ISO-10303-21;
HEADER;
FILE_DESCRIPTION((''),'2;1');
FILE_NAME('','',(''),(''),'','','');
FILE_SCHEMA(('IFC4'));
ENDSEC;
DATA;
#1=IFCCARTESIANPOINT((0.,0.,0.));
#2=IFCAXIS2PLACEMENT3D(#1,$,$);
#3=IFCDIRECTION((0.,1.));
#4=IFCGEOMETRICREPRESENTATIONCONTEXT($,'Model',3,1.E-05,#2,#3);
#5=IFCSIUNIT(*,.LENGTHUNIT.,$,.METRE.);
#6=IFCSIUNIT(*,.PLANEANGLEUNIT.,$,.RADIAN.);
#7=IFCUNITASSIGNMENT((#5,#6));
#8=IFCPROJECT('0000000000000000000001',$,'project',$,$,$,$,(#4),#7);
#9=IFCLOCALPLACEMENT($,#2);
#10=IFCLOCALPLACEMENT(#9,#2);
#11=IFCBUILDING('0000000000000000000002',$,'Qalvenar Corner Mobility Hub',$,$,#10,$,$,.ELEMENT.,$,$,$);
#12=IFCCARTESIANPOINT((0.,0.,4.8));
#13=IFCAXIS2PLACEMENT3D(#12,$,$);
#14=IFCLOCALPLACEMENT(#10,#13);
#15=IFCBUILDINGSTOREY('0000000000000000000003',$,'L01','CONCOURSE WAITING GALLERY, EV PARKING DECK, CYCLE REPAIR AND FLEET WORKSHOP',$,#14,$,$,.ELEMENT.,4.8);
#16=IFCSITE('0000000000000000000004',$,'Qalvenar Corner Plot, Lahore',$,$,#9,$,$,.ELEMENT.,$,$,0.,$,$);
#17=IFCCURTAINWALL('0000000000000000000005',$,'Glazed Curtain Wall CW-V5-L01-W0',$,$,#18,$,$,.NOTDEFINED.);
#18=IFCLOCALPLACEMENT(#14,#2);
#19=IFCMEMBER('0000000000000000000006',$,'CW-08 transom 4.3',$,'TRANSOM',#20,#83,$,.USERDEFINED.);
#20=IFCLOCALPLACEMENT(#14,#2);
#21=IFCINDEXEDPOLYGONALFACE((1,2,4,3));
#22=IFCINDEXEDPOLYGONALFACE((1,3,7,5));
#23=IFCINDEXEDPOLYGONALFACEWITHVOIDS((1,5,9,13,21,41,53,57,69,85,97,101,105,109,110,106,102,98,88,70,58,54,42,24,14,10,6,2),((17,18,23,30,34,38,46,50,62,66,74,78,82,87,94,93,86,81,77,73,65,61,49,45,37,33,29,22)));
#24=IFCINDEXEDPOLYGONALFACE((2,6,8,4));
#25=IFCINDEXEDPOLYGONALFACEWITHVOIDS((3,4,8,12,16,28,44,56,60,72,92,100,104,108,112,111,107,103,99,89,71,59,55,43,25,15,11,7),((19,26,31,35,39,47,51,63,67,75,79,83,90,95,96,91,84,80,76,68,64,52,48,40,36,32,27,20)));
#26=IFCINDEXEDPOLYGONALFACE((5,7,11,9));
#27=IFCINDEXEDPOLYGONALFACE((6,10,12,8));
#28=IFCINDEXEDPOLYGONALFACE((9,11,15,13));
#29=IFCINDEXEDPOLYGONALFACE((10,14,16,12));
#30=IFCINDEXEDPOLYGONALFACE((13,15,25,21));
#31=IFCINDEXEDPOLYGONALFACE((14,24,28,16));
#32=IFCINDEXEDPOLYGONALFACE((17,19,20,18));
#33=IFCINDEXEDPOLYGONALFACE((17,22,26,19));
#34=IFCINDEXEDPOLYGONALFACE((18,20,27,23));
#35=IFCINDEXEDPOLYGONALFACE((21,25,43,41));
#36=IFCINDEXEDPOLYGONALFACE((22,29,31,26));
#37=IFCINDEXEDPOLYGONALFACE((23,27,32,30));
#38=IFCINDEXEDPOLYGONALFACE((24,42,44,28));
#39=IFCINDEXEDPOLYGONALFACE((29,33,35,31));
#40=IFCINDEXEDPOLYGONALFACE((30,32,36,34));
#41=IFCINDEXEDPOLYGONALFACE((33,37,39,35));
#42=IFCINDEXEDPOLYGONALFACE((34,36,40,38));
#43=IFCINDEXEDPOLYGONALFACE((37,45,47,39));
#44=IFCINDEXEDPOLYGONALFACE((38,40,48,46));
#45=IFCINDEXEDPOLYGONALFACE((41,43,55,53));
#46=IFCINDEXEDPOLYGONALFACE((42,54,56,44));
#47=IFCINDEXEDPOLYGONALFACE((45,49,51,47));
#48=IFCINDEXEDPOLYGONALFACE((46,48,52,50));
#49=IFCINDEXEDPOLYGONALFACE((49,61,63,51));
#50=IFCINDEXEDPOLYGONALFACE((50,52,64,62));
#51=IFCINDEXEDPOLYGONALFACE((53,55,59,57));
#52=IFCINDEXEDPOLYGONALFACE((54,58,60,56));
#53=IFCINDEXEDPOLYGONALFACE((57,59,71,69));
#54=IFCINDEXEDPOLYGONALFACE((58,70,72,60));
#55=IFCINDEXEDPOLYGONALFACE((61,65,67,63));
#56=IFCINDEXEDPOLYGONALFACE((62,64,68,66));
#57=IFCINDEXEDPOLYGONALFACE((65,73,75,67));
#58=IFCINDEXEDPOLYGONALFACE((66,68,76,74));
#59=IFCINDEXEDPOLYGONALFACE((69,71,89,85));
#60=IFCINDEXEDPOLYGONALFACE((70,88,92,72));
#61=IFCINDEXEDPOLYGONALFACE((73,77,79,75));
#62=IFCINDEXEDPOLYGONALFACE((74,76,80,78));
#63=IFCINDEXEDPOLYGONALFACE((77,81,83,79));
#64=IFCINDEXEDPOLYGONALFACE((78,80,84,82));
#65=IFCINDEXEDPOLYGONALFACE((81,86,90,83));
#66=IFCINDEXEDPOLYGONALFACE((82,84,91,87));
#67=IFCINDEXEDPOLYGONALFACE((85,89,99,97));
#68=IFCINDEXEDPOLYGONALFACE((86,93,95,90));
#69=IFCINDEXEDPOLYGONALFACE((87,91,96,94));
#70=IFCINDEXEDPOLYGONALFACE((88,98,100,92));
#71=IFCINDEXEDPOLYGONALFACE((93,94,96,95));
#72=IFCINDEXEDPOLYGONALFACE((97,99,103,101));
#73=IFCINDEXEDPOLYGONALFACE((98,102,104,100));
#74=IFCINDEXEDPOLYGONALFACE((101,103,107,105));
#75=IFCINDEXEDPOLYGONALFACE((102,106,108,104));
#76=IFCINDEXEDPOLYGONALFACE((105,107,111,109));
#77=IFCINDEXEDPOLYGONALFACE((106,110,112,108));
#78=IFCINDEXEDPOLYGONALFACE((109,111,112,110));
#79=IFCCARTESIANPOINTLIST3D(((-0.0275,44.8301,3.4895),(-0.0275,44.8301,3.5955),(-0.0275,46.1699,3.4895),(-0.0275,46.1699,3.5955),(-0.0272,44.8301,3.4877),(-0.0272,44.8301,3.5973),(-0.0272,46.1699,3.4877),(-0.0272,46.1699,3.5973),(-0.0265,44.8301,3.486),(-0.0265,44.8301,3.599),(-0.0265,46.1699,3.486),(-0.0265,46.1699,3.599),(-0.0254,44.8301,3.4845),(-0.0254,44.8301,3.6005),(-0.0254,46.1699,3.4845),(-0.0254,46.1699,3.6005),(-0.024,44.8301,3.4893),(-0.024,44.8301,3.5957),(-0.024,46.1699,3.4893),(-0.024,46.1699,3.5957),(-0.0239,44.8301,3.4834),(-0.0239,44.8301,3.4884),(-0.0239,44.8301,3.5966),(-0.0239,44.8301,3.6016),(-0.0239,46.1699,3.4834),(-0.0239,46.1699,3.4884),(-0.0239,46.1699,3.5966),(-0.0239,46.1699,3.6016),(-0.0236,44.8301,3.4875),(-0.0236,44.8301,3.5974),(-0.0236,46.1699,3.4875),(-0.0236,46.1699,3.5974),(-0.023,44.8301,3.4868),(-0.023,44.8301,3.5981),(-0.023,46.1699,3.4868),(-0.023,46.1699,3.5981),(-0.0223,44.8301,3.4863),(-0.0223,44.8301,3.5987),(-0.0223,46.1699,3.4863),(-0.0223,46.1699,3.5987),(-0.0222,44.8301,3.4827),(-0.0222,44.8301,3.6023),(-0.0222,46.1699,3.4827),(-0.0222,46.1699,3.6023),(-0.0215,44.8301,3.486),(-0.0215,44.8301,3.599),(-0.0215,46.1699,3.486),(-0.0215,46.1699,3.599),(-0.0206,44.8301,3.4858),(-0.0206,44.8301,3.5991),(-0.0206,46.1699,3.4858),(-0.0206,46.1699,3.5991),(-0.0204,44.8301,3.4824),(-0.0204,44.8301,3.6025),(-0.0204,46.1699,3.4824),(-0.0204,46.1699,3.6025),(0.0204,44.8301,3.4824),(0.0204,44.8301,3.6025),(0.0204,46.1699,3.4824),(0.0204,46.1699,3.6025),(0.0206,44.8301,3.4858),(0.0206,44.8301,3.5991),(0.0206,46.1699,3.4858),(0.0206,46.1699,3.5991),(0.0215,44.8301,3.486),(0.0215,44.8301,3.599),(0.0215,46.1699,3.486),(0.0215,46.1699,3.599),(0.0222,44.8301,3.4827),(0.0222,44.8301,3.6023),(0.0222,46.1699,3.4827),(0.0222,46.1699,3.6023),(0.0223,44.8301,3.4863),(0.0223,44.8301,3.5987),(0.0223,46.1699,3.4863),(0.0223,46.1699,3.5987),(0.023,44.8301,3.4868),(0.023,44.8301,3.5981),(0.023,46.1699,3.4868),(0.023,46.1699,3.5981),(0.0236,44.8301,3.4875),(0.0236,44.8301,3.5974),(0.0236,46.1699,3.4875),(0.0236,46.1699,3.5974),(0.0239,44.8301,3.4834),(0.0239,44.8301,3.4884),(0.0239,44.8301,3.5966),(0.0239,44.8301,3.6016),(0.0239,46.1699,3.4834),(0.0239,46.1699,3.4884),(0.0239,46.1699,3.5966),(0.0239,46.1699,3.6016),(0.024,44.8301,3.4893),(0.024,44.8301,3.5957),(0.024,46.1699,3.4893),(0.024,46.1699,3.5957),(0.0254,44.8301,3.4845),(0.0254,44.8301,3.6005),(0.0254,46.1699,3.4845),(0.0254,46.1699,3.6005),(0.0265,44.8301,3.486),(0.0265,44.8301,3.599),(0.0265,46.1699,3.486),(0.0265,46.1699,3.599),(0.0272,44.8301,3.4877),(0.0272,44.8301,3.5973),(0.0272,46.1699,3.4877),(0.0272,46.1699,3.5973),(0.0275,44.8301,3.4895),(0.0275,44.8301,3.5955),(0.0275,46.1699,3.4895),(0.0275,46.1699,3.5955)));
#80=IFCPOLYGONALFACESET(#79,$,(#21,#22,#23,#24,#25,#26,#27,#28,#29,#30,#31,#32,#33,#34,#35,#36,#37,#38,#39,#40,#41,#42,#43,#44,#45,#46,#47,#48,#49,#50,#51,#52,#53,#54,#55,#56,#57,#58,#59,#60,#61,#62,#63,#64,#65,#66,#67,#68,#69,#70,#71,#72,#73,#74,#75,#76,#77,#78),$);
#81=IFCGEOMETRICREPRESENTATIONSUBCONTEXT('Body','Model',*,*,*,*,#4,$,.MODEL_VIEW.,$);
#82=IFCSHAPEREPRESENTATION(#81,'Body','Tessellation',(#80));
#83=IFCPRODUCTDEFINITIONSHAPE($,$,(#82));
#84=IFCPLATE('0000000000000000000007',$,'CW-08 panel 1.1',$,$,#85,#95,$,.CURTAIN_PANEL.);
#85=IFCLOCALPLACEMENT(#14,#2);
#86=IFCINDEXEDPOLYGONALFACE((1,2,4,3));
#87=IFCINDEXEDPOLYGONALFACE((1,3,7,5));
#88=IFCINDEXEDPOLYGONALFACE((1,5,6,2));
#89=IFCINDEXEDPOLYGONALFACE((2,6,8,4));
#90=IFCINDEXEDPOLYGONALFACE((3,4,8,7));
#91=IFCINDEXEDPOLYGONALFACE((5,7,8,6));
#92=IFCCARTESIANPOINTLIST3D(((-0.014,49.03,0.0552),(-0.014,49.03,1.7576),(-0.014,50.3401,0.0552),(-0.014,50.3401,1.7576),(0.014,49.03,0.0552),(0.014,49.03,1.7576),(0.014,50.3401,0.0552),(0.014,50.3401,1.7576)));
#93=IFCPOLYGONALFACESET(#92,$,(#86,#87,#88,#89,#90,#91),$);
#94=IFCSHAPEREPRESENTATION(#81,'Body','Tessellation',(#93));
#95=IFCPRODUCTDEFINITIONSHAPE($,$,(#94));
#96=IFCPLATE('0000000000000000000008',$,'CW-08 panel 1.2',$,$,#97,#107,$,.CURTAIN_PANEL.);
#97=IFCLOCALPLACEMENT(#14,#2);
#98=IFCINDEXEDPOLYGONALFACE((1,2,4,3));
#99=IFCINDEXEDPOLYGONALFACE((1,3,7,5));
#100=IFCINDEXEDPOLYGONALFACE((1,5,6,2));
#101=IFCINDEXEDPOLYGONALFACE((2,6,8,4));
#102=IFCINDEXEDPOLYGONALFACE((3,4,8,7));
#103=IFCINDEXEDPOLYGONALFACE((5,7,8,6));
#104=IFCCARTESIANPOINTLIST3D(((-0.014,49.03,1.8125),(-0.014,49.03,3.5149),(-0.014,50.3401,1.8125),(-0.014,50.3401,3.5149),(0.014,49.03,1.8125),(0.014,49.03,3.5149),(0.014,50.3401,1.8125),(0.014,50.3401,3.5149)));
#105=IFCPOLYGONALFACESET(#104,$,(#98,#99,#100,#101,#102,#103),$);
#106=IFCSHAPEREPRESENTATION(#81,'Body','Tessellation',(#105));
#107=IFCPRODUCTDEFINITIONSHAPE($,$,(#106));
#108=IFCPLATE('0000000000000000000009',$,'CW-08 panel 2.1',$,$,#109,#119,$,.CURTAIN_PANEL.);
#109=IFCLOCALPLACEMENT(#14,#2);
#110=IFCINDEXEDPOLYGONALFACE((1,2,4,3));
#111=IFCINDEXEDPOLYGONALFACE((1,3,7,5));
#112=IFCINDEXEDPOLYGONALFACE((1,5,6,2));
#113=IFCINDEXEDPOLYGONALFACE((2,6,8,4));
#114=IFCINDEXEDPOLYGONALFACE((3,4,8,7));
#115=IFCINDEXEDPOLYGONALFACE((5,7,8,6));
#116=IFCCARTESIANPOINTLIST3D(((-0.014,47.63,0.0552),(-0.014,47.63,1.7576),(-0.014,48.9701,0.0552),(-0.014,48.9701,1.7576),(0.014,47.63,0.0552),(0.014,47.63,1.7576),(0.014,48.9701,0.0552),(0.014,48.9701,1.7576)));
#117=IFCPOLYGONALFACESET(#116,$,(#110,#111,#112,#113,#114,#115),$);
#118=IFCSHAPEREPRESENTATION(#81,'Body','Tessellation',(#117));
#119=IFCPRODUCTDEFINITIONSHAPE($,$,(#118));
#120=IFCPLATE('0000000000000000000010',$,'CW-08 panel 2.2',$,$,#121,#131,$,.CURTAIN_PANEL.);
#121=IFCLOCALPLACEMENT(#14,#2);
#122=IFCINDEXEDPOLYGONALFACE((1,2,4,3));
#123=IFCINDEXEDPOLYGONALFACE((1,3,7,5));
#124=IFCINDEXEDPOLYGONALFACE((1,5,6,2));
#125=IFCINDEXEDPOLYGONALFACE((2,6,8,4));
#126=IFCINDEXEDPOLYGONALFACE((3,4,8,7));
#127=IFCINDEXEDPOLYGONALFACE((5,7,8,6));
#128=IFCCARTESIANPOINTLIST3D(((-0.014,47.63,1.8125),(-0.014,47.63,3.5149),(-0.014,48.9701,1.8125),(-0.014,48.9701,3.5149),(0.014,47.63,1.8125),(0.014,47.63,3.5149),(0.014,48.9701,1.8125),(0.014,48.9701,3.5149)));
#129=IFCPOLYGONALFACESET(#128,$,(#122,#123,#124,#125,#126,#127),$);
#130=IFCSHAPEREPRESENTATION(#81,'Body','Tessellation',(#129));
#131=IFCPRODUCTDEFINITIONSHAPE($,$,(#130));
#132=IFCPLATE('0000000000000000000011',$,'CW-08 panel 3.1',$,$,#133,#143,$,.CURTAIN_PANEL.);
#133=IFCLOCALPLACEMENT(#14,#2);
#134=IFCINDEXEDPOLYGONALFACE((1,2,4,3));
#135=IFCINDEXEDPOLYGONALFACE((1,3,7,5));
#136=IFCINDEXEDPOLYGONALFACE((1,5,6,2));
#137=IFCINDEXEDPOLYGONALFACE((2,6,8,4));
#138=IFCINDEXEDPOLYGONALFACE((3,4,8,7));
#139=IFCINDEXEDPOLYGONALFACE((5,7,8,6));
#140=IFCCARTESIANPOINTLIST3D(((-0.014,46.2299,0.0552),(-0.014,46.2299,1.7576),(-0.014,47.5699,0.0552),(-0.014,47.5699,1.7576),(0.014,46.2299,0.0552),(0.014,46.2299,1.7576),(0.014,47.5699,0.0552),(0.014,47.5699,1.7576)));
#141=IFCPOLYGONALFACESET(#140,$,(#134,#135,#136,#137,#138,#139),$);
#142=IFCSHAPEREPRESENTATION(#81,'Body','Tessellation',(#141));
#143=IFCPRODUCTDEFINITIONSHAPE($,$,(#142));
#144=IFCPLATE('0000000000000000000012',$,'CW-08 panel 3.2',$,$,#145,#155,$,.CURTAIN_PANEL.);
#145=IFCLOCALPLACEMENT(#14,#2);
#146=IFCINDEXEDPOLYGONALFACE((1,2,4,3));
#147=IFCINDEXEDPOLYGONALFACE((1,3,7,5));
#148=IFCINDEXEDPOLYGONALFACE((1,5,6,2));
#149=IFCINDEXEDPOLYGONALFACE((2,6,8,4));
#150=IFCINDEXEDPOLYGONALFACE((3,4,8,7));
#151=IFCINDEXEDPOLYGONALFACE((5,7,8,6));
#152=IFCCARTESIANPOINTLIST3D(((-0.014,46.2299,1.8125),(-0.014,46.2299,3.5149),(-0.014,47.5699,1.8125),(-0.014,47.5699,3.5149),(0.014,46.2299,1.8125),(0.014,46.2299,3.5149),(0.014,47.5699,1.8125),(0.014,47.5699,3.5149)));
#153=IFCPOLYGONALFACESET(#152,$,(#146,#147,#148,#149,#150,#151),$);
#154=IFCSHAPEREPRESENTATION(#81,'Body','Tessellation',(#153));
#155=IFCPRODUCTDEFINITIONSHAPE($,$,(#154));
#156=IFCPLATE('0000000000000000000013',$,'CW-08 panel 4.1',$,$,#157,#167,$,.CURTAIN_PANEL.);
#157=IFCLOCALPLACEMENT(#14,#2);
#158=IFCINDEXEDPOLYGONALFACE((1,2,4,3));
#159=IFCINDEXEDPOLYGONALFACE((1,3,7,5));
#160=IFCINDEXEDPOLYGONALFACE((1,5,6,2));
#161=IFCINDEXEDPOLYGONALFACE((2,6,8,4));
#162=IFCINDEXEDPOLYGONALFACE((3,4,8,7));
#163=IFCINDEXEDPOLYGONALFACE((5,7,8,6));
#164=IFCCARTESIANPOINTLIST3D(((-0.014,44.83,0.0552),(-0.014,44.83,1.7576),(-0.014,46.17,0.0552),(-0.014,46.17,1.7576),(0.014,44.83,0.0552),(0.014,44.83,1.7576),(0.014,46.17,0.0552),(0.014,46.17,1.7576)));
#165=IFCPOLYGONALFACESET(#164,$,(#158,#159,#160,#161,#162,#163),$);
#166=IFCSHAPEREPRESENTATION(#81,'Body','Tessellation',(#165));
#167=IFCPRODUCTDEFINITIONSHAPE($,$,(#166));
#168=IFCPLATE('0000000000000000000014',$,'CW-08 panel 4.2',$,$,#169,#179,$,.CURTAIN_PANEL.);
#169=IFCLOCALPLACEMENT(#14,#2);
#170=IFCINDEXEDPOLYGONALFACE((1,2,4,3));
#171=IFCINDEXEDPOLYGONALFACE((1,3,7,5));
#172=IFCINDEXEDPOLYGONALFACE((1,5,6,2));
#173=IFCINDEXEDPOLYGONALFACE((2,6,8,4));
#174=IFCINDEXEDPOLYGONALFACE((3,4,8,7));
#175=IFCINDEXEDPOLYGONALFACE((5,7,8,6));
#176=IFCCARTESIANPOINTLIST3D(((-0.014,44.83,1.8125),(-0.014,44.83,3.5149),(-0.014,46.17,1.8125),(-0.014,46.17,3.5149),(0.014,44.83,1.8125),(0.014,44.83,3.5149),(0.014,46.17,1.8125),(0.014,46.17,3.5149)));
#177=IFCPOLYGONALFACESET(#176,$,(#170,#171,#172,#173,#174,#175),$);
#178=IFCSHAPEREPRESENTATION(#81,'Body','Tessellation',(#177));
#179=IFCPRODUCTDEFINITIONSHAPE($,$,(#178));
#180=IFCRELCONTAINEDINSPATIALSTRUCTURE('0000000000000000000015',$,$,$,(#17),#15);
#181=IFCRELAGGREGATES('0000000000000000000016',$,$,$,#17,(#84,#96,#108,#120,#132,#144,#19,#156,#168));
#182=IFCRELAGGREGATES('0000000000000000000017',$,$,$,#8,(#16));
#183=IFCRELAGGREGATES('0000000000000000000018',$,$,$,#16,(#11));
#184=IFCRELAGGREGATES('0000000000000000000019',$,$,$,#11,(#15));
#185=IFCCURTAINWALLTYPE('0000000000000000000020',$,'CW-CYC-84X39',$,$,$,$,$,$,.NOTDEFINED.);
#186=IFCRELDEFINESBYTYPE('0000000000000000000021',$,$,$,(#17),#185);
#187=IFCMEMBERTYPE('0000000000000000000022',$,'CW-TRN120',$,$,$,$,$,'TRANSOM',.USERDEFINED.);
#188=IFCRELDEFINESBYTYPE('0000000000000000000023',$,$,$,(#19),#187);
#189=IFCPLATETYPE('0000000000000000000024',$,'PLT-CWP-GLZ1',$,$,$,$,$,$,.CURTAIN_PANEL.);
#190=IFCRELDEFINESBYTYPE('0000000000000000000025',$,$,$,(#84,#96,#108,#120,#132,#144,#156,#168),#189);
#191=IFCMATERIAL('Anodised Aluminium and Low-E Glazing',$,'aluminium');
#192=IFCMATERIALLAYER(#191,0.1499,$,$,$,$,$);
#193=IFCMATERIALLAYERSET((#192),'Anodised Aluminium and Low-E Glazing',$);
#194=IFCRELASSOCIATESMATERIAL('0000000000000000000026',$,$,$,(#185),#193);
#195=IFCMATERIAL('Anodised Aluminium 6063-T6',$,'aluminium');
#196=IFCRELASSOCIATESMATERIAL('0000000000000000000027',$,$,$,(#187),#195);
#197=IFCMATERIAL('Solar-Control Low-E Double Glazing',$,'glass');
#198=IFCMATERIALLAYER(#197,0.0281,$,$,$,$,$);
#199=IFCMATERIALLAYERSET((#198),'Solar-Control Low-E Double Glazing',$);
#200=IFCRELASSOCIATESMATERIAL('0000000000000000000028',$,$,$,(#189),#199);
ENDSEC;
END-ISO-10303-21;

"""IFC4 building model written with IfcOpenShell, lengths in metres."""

from ifc_helpers import new_model, si_unit, direction, frame, origin, origin_2d, place, context, subcontext, project, spatial, rectangle, hollow_rectangle, extrude, material, layer, layer_set, material_profile, profile_set, type_object, element, aggregate, save


model = new_model("IFC4")

# Units and contexts
model_context = context("Model", 3, precision=1e-05, world=origin(), true_north=direction((0.0, 1.0)))
body_context = subcontext(model_context, "Body", "Model", "MODEL_VIEW")
ifc_project = project(units=[si_unit("LENGTHUNIT", "METRE"), si_unit("PLANEANGLEUNIT", "RADIAN")], contexts=[model_context])

# Site, building, storey
site_placement = place(None, origin())
site = spatial("IfcSite", under=ifc_project, at=site_placement, Name="Qalvenar Corner Plot, Lahore", CompositionType="ELEMENT", RefElevation=0.0)
building_placement = place(site_placement, origin())
building = spatial("IfcBuilding", under=site, at=building_placement, Name="Qalvenar Corner Mobility Hub", CompositionType="ELEMENT")
storey_placement = place(building_placement, frame((0.0, 0.0, 4.8)))
storey = spatial("IfcBuildingStorey", under=building, at=storey_placement, Name="L01", Description="CONCOURSE WAITING GALLERY, EV PARKING DECK, CYCLE REPAIR AND FLEET WORKSHOP", CompositionType="ELEMENT", Elevation=4.8)

# Curtain wall, member, plates
ifc_material_1 = material(Name="Anodised Aluminium and Low-E Glazing", Category="aluminium")
ifc_layer_1 = layer(ifc_material_1, 0.1499)
ifc_layer_set_1 = layer_set([ifc_layer_1], Name="Anodised Aluminium and Low-E Glazing")
curtain_wall_type = type_object("IfcCurtainWallType", Name="CW-CYC-84X39", PredefinedType="NOTDEFINED", material=ifc_layer_set_1)
curtain_wall_placement = place(storey_placement, origin())
curtain_wall = element("IfcCurtainWall", 1, at=curtain_wall_placement, inside=storey, type_object=curtain_wall_type, Name="Glazed Curtain Wall CW-V5-L01-W0", PredefinedType="NOTDEFINED")
ifc_material_2 = material(Name="Anodised Aluminium 6063-T6", Category="aluminium")
ifc_material_profile_1 = material_profile(ifc_material_2, hollow_rectangle(XDim=0.0549, YDim=0.1201, WallThickness=0.0034, InnerFilletRadius=0.0034, OuterFilletRadius=0.0071, at=origin_2d()), Name="RHS120x55x3.5")
ifc_profile_set_1 = profile_set([ifc_material_profile_1], Name="Anodised Aluminium 6063-T6")
member_type_1 = type_object("IfcMemberType", Name="CW-TRN120", ElementType="TRANSOM", PredefinedType="USERDEFINED", material=ifc_profile_set_1)
member_1_placement = place(storey_placement, frame((0.0, 46.1699, 3.5425), z_axis=(0.0, -1.0, 0.0), x_axis=(1.0, 0.0, 0.0)))
member_1 = element("IfcMember", 2, at=member_1_placement, type_object=member_type_1, Name="CW-08 transom 4.3", ObjectType="TRANSOM", PredefinedType="USERDEFINED", context=body_context, shape_type="SweptSolid", body=[
    extrude(hollow_rectangle(XDim=0.0549, YDim=0.1201, WallThickness=0.0034, InnerFilletRadius=0.0034, OuterFilletRadius=0.0071, at=origin_2d()), origin(), (0.0, 0.0, 1.0), 1.3398),
])
ifc_material_3 = material(Name="Solar-Control Low-E Double Glazing", Category="glass")
ifc_layer_2 = layer(ifc_material_3, 0.0281)
ifc_layer_set_2 = layer_set([ifc_layer_2], Name="Solar-Control Low-E Double Glazing")
plate_type = type_object("IfcPlateType", Name="PLT-CWP-GLZ1", PredefinedType="CURTAIN_PANEL", material=ifc_layer_set_2)
plate_1_placement = place(storey_placement, frame((0.0, 49.6851, 0.0552), z_axis=(0.0, 0.0, 1.0), x_axis=(0.0, -1.0, 0.0)))
plate_1 = element("IfcPlate", 3, at=plate_1_placement, type_object=plate_type, Name="CW-08 panel 1.1", PredefinedType="CURTAIN_PANEL", context=body_context, shape_type="SweptSolid", body=[
    extrude(rectangle(XDim=1.3101, YDim=0.0281, at=origin_2d()), origin(), (0.0, 0.0, 1.0), 1.7024),
])
plate_2_placement = place(storey_placement, frame((0.0, 49.6851, 1.8125), z_axis=(0.0, 0.0, 1.0), x_axis=(0.0, -1.0, 0.0)))
plate_2 = element("IfcPlate", 4, at=plate_2_placement, type_object=plate_type, Name="CW-08 panel 1.2", PredefinedType="CURTAIN_PANEL", context=body_context, shape_type="SweptSolid", body=[
    extrude(rectangle(XDim=1.3101, YDim=0.0281, at=origin_2d()), origin(), (0.0, 0.0, 1.0), 1.7024),
])
plate_3_placement = place(storey_placement, frame((0.0, 48.3, 0.0552), z_axis=(0.0, 0.0, 1.0), x_axis=(0.0, -1.0, 0.0)))
plate_3 = element("IfcPlate", 5, at=plate_3_placement, type_object=plate_type, Name="CW-08 panel 2.1", PredefinedType="CURTAIN_PANEL", context=body_context, shape_type="SweptSolid", body=[
    extrude(rectangle(XDim=1.3401, YDim=0.0281, at=origin_2d()), origin(), (0.0, 0.0, 1.0), 1.7024),
])
plate_4_placement = place(storey_placement, frame((0.0, 48.3, 1.8125), z_axis=(0.0, 0.0, 1.0), x_axis=(0.0, -1.0, 0.0)))
plate_4 = element("IfcPlate", 6, at=plate_4_placement, type_object=plate_type, Name="CW-08 panel 2.2", PredefinedType="CURTAIN_PANEL", context=body_context, shape_type="SweptSolid", body=[
    extrude(rectangle(XDim=1.3401, YDim=0.0281, at=origin_2d()), origin(), (0.0, 0.0, 1.0), 1.7024),
])
plate_5_placement = place(storey_placement, frame((0.0, 46.8999, 0.0552), z_axis=(0.0, 0.0, 1.0), x_axis=(0.0, -1.0, 0.0)))
plate_5 = element("IfcPlate", 7, at=plate_5_placement, type_object=plate_type, Name="CW-08 panel 3.1", PredefinedType="CURTAIN_PANEL", context=body_context, shape_type="SweptSolid", body=[
    extrude(rectangle(XDim=1.3401, YDim=0.0281, at=origin_2d()), origin(), (0.0, 0.0, 1.0), 1.7024),
])
plate_6_placement = place(storey_placement, frame((0.0, 46.8999, 1.8125), z_axis=(0.0, 0.0, 1.0), x_axis=(0.0, -1.0, 0.0)))
plate_6 = element("IfcPlate", 8, at=plate_6_placement, type_object=plate_type, Name="CW-08 panel 3.2", PredefinedType="CURTAIN_PANEL", context=body_context, shape_type="SweptSolid", body=[
    extrude(rectangle(XDim=1.3401, YDim=0.0281, at=origin_2d()), origin(), (0.0, 0.0, 1.0), 1.7024),
])
plate_7_placement = place(storey_placement, frame((0.0, 45.5, 0.0552), z_axis=(0.0, 0.0, 1.0), x_axis=(0.0, -1.0, 0.0)))
plate_7 = element("IfcPlate", 9, at=plate_7_placement, type_object=plate_type, Name="CW-08 panel 4.1", PredefinedType="CURTAIN_PANEL", context=body_context, shape_type="SweptSolid", body=[
    extrude(rectangle(XDim=1.3401, YDim=0.0281, at=origin_2d()), origin(), (0.0, 0.0, 1.0), 1.7024),
])
plate_8_placement = place(storey_placement, frame((0.0, 45.5, 1.8125), z_axis=(0.0, 0.0, 1.0), x_axis=(0.0, -1.0, 0.0)))
plate_8 = element("IfcPlate", 10, at=plate_8_placement, type_object=plate_type, Name="CW-08 panel 4.2", PredefinedType="CURTAIN_PANEL", context=body_context, shape_type="SweptSolid", body=[
    extrude(rectangle(XDim=1.3401, YDim=0.0281, at=origin_2d()), origin(), (0.0, 0.0, 1.0), 1.7024),
])
aggregate(curtain_wall, [plate_1, plate_2, plate_3, plate_4, plate_5, plate_6, member_1, plate_7, plate_8])

save(model, "model.ifc")
